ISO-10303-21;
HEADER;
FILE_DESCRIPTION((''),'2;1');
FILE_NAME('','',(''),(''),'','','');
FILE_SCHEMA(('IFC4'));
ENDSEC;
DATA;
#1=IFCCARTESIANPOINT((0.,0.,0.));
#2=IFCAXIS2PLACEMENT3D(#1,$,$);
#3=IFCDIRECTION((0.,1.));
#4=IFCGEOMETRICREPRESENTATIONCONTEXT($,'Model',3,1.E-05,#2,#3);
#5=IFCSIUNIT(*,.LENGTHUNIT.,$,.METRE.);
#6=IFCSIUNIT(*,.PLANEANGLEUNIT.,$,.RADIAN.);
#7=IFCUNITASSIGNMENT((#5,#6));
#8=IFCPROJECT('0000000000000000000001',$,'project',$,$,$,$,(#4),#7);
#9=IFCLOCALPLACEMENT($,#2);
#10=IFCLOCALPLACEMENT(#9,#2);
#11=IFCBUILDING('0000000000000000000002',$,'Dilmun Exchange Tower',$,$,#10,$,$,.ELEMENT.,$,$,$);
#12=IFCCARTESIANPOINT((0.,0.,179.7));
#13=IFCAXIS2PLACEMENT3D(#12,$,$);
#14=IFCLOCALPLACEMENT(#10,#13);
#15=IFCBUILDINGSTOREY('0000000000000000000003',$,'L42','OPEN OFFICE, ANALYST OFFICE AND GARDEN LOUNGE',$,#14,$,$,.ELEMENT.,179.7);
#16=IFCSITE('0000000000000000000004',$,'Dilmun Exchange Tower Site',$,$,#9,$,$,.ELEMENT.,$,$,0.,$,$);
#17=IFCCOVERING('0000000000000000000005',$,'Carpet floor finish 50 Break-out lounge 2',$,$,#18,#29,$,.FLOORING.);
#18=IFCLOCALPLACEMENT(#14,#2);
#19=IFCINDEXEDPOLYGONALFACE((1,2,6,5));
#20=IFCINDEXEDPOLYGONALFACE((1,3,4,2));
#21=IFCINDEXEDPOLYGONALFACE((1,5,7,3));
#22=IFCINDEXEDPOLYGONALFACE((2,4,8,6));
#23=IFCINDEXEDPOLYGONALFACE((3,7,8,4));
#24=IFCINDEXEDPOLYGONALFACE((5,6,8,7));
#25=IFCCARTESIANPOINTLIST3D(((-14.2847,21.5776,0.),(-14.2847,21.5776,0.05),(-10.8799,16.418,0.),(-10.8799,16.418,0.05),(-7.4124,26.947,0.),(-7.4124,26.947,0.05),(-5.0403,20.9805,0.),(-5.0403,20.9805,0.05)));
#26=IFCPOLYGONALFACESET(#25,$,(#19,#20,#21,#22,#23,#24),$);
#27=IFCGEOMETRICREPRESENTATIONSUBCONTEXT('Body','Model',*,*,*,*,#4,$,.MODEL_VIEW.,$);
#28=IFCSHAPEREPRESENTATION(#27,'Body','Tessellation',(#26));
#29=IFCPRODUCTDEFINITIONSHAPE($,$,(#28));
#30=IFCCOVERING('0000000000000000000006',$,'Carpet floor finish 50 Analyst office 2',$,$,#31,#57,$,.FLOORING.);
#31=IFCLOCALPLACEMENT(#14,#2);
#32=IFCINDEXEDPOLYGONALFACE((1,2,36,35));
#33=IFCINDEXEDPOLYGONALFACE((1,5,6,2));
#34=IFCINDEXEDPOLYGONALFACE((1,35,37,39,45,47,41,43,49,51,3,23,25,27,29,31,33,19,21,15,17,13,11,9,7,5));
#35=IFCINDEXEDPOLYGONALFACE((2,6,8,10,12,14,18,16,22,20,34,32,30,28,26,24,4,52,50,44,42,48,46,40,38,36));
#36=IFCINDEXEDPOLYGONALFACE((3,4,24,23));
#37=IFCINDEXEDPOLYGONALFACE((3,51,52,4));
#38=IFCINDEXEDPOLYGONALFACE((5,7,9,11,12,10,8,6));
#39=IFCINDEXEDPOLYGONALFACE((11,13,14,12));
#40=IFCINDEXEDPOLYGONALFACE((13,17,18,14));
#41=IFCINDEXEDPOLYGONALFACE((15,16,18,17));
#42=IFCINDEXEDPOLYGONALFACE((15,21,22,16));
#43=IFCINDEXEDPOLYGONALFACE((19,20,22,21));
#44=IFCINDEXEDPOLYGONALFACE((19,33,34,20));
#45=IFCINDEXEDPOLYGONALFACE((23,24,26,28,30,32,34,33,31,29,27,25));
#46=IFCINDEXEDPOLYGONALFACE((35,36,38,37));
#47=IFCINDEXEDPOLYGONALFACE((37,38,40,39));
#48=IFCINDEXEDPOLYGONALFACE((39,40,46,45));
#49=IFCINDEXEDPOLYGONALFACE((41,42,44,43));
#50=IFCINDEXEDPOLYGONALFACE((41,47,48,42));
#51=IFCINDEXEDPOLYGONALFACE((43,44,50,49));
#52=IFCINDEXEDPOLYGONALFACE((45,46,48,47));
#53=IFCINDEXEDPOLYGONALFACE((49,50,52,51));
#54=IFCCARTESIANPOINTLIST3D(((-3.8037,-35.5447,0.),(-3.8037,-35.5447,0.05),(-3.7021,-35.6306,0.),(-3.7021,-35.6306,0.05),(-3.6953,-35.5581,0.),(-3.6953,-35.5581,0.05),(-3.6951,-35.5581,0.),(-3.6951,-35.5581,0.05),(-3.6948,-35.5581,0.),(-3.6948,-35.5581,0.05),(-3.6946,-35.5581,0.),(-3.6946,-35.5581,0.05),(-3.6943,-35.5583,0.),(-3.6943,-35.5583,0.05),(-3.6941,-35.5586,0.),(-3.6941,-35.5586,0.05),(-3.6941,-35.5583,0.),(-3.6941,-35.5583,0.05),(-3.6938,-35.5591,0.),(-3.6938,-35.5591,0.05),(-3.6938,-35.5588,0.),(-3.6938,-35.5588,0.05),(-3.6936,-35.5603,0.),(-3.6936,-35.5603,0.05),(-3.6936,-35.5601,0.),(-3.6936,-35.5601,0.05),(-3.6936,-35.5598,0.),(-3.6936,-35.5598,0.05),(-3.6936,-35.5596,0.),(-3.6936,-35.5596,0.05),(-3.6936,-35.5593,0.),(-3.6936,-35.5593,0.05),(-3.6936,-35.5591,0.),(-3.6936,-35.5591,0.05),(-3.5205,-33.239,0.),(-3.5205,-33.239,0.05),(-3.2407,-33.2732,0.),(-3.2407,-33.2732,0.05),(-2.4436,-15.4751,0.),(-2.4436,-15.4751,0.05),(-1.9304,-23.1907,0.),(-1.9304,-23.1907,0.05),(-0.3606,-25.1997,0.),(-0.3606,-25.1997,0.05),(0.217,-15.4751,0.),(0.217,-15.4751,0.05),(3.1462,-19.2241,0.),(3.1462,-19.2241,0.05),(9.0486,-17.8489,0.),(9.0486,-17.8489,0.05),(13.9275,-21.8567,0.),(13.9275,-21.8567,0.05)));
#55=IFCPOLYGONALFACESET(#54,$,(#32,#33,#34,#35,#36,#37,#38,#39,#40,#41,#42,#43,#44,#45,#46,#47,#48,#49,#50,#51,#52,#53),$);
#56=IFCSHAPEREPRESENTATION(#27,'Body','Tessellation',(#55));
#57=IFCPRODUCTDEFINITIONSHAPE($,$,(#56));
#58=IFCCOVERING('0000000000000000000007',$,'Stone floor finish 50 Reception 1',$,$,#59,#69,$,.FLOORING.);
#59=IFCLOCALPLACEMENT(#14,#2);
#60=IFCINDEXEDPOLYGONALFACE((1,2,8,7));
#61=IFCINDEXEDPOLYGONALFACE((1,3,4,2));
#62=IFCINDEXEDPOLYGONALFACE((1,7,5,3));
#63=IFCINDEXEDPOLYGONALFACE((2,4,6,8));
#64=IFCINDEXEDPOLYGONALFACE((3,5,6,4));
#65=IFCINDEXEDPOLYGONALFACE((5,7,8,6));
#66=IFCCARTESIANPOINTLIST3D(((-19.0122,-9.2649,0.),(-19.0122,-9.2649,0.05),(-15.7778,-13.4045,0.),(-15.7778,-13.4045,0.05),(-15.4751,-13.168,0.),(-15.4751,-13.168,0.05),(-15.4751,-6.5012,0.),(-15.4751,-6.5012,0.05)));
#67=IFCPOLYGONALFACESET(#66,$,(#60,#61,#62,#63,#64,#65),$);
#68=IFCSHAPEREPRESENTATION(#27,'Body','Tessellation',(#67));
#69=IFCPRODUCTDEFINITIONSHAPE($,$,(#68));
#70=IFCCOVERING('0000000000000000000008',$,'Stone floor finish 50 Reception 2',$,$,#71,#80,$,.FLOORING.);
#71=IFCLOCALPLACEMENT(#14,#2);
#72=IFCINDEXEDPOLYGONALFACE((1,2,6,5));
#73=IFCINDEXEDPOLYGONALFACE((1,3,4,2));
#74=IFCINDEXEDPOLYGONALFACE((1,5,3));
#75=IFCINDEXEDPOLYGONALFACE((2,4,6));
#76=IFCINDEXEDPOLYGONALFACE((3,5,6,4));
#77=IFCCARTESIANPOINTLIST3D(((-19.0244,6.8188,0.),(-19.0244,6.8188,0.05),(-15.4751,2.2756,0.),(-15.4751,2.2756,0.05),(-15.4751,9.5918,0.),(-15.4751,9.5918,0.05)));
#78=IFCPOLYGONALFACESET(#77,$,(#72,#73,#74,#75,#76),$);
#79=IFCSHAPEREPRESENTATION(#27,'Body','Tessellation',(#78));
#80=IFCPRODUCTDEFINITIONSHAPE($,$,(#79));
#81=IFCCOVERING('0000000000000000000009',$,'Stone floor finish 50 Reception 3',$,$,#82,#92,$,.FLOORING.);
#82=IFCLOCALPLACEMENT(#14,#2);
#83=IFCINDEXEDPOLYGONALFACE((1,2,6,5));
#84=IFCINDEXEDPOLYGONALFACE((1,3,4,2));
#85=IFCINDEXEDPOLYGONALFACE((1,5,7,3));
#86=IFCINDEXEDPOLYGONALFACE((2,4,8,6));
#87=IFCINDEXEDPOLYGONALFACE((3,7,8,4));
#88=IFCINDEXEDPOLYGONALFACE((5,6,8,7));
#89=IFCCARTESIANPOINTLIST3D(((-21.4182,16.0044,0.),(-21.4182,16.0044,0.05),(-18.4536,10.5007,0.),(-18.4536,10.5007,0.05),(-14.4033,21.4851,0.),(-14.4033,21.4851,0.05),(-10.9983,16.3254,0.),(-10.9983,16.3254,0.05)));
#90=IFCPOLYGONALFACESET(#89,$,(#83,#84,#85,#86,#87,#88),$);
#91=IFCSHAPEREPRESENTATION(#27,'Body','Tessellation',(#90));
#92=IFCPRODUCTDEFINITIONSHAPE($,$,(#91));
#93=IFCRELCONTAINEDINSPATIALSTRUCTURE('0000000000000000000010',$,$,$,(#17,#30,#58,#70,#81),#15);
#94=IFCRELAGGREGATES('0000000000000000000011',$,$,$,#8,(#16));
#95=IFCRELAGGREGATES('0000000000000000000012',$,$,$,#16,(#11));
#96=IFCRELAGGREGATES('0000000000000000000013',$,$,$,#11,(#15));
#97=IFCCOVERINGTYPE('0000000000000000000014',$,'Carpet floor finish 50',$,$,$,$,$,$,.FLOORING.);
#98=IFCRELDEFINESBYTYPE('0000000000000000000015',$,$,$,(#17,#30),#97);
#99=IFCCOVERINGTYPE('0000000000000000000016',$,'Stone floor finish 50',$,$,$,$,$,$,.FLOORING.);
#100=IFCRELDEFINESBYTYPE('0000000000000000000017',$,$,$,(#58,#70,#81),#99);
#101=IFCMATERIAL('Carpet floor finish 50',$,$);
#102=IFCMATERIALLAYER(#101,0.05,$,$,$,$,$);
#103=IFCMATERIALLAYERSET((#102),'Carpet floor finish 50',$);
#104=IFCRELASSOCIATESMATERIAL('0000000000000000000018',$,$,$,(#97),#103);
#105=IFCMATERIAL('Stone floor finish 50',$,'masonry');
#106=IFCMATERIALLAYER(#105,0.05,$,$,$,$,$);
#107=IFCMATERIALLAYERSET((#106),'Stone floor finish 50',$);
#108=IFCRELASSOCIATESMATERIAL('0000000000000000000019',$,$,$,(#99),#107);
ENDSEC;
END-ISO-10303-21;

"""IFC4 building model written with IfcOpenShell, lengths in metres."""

from ifc_helpers import new_model, si_unit, direction, frame, origin, place, context, subcontext, project, spatial, polyline, outline, extrude, material, layer, layer_set, type_object, element, save


model = new_model("IFC4")

# Units and contexts
model_context = context("Model", 3, precision=1e-05, world=origin(), true_north=direction((0.0, 1.0)))
body_context = subcontext(model_context, "Body", "Model", "MODEL_VIEW")
ifc_project = project(units=[si_unit("LENGTHUNIT", "METRE"), si_unit("PLANEANGLEUNIT", "RADIAN")], contexts=[model_context])

# Site, building, storey
site_placement = place(None, origin())
site = spatial("IfcSite", under=ifc_project, at=site_placement, Name="Dilmun Exchange Tower Site", CompositionType="ELEMENT", RefElevation=0.0)
building_placement = place(site_placement, origin())
building = spatial("IfcBuilding", under=site, at=building_placement, Name="Dilmun Exchange Tower", CompositionType="ELEMENT")
storey_placement = place(building_placement, frame((0.0, 0.0, 179.7)))
storey = spatial("IfcBuildingStorey", under=building, at=storey_placement, Name="L42", Description="OPEN OFFICE, ANALYST OFFICE AND GARDEN LOUNGE", CompositionType="ELEMENT", Elevation=179.7)

# Coverings
ifc_material_1 = material(Name="Carpet floor finish 50")
ifc_layer_1 = layer(ifc_material_1, 0.05)
ifc_layer_set_1 = layer_set([ifc_layer_1], Name="Carpet floor finish 50")
covering_type_1 = type_object("IfcCoveringType", Name="Carpet floor finish 50", PredefinedType="FLOORING", material=ifc_layer_set_1)
covering_1_placement = place(storey_placement, origin())
element("IfcCovering", 1, at=covering_1_placement, inside=storey, type_object=covering_type_1, Name="Carpet floor finish 50 Break-out lounge 2", PredefinedType="FLOORING", context=body_context, shape_type="SweptSolid", body=[
    extrude(outline(polyline([(-14.2847, 21.5776), (-7.4124, 26.947), (-5.0403, 20.9805), (-10.8799, 16.418), (-14.2847, 21.5776)])), origin(), (0.0, 0.0, 1.0), 0.05),
])
covering_2_placement = place(storey_placement, origin())
element("IfcCovering", 2, at=covering_2_placement, inside=storey, type_object=covering_type_1, Name="Carpet floor finish 50 Analyst office 2", PredefinedType="FLOORING", context=body_context, shape_type="SweptSolid", body=[
    extrude(outline(polyline([(-3.2407, -33.2732), (-2.4436, -15.4751), (0.217, -15.4751), (3.1462, -19.2241), (-1.9304, -23.1907), (-0.3606, -25.1997), (9.0486, -17.8489), (13.9275, -21.8567), (-3.7021, -35.6306), (-3.6936, -35.5603), (-3.6936, -35.5601), (-3.6936, -35.5598), (-3.6936, -35.5596), (-3.6936, -35.5593), (-3.6936, -35.5591), (-3.6938, -35.5591), (-3.6938, -35.5588), (-3.6941, -35.5586), (-3.6941, -35.5586), (-3.6941, -35.5583), (-3.6943, -35.5583), (-3.6946, -35.5581), (-3.6946, -35.5581), (-3.6948, -35.5581), (-3.6951, -35.5581), (-3.6953, -35.5581), (-3.8037, -35.5447), (-3.5205, -33.239), (-3.2407, -33.2732)])), origin(), (0.0, 0.0, 1.0), 0.05),
])
ifc_material_2 = material(Name="Stone floor finish 50", Category="masonry")
ifc_layer_2 = layer(ifc_material_2, 0.05)
ifc_layer_set_2 = layer_set([ifc_layer_2], Name="Stone floor finish 50")
covering_type_2 = type_object("IfcCoveringType", Name="Stone floor finish 50", PredefinedType="FLOORING", material=ifc_layer_set_2)
covering_3_placement = place(storey_placement, origin())
element("IfcCovering", 3, at=covering_3_placement, inside=storey, type_object=covering_type_2, Name="Stone floor finish 50 Reception 1", PredefinedType="FLOORING", context=body_context, shape_type="SweptSolid", body=[
    extrude(outline(polyline([(-15.4751, -13.168), (-15.7778, -13.4045), (-19.0122, -9.2649), (-15.4751, -6.5012), (-15.4751, -13.168)])), origin(), (0.0, 0.0, 1.0), 0.05),
])
covering_4_placement = place(storey_placement, origin())
element("IfcCovering", 4, at=covering_4_placement, inside=storey, type_object=covering_type_2, Name="Stone floor finish 50 Reception 2", PredefinedType="FLOORING", context=body_context, shape_type="SweptSolid", body=[
    extrude(outline(polyline([(-19.0244, 6.8188), (-15.4751, 9.5918), (-15.4751, 2.2756), (-19.0244, 6.8188)])), origin(), (0.0, 0.0, 1.0), 0.05),
])
covering_5_placement = place(storey_placement, origin())
element("IfcCovering", 5, at=covering_5_placement, inside=storey, type_object=covering_type_2, Name="Stone floor finish 50 Reception 3", PredefinedType="FLOORING", context=body_context, shape_type="SweptSolid", body=[
    extrude(outline(polyline([(-18.4536, 10.5007), (-21.4182, 16.0044), (-14.4033, 21.4851), (-10.9983, 16.3254), (-18.4536, 10.5007)])), origin(), (0.0, 0.0, 1.0), 0.05),
])

save(model, "model.ifc")
